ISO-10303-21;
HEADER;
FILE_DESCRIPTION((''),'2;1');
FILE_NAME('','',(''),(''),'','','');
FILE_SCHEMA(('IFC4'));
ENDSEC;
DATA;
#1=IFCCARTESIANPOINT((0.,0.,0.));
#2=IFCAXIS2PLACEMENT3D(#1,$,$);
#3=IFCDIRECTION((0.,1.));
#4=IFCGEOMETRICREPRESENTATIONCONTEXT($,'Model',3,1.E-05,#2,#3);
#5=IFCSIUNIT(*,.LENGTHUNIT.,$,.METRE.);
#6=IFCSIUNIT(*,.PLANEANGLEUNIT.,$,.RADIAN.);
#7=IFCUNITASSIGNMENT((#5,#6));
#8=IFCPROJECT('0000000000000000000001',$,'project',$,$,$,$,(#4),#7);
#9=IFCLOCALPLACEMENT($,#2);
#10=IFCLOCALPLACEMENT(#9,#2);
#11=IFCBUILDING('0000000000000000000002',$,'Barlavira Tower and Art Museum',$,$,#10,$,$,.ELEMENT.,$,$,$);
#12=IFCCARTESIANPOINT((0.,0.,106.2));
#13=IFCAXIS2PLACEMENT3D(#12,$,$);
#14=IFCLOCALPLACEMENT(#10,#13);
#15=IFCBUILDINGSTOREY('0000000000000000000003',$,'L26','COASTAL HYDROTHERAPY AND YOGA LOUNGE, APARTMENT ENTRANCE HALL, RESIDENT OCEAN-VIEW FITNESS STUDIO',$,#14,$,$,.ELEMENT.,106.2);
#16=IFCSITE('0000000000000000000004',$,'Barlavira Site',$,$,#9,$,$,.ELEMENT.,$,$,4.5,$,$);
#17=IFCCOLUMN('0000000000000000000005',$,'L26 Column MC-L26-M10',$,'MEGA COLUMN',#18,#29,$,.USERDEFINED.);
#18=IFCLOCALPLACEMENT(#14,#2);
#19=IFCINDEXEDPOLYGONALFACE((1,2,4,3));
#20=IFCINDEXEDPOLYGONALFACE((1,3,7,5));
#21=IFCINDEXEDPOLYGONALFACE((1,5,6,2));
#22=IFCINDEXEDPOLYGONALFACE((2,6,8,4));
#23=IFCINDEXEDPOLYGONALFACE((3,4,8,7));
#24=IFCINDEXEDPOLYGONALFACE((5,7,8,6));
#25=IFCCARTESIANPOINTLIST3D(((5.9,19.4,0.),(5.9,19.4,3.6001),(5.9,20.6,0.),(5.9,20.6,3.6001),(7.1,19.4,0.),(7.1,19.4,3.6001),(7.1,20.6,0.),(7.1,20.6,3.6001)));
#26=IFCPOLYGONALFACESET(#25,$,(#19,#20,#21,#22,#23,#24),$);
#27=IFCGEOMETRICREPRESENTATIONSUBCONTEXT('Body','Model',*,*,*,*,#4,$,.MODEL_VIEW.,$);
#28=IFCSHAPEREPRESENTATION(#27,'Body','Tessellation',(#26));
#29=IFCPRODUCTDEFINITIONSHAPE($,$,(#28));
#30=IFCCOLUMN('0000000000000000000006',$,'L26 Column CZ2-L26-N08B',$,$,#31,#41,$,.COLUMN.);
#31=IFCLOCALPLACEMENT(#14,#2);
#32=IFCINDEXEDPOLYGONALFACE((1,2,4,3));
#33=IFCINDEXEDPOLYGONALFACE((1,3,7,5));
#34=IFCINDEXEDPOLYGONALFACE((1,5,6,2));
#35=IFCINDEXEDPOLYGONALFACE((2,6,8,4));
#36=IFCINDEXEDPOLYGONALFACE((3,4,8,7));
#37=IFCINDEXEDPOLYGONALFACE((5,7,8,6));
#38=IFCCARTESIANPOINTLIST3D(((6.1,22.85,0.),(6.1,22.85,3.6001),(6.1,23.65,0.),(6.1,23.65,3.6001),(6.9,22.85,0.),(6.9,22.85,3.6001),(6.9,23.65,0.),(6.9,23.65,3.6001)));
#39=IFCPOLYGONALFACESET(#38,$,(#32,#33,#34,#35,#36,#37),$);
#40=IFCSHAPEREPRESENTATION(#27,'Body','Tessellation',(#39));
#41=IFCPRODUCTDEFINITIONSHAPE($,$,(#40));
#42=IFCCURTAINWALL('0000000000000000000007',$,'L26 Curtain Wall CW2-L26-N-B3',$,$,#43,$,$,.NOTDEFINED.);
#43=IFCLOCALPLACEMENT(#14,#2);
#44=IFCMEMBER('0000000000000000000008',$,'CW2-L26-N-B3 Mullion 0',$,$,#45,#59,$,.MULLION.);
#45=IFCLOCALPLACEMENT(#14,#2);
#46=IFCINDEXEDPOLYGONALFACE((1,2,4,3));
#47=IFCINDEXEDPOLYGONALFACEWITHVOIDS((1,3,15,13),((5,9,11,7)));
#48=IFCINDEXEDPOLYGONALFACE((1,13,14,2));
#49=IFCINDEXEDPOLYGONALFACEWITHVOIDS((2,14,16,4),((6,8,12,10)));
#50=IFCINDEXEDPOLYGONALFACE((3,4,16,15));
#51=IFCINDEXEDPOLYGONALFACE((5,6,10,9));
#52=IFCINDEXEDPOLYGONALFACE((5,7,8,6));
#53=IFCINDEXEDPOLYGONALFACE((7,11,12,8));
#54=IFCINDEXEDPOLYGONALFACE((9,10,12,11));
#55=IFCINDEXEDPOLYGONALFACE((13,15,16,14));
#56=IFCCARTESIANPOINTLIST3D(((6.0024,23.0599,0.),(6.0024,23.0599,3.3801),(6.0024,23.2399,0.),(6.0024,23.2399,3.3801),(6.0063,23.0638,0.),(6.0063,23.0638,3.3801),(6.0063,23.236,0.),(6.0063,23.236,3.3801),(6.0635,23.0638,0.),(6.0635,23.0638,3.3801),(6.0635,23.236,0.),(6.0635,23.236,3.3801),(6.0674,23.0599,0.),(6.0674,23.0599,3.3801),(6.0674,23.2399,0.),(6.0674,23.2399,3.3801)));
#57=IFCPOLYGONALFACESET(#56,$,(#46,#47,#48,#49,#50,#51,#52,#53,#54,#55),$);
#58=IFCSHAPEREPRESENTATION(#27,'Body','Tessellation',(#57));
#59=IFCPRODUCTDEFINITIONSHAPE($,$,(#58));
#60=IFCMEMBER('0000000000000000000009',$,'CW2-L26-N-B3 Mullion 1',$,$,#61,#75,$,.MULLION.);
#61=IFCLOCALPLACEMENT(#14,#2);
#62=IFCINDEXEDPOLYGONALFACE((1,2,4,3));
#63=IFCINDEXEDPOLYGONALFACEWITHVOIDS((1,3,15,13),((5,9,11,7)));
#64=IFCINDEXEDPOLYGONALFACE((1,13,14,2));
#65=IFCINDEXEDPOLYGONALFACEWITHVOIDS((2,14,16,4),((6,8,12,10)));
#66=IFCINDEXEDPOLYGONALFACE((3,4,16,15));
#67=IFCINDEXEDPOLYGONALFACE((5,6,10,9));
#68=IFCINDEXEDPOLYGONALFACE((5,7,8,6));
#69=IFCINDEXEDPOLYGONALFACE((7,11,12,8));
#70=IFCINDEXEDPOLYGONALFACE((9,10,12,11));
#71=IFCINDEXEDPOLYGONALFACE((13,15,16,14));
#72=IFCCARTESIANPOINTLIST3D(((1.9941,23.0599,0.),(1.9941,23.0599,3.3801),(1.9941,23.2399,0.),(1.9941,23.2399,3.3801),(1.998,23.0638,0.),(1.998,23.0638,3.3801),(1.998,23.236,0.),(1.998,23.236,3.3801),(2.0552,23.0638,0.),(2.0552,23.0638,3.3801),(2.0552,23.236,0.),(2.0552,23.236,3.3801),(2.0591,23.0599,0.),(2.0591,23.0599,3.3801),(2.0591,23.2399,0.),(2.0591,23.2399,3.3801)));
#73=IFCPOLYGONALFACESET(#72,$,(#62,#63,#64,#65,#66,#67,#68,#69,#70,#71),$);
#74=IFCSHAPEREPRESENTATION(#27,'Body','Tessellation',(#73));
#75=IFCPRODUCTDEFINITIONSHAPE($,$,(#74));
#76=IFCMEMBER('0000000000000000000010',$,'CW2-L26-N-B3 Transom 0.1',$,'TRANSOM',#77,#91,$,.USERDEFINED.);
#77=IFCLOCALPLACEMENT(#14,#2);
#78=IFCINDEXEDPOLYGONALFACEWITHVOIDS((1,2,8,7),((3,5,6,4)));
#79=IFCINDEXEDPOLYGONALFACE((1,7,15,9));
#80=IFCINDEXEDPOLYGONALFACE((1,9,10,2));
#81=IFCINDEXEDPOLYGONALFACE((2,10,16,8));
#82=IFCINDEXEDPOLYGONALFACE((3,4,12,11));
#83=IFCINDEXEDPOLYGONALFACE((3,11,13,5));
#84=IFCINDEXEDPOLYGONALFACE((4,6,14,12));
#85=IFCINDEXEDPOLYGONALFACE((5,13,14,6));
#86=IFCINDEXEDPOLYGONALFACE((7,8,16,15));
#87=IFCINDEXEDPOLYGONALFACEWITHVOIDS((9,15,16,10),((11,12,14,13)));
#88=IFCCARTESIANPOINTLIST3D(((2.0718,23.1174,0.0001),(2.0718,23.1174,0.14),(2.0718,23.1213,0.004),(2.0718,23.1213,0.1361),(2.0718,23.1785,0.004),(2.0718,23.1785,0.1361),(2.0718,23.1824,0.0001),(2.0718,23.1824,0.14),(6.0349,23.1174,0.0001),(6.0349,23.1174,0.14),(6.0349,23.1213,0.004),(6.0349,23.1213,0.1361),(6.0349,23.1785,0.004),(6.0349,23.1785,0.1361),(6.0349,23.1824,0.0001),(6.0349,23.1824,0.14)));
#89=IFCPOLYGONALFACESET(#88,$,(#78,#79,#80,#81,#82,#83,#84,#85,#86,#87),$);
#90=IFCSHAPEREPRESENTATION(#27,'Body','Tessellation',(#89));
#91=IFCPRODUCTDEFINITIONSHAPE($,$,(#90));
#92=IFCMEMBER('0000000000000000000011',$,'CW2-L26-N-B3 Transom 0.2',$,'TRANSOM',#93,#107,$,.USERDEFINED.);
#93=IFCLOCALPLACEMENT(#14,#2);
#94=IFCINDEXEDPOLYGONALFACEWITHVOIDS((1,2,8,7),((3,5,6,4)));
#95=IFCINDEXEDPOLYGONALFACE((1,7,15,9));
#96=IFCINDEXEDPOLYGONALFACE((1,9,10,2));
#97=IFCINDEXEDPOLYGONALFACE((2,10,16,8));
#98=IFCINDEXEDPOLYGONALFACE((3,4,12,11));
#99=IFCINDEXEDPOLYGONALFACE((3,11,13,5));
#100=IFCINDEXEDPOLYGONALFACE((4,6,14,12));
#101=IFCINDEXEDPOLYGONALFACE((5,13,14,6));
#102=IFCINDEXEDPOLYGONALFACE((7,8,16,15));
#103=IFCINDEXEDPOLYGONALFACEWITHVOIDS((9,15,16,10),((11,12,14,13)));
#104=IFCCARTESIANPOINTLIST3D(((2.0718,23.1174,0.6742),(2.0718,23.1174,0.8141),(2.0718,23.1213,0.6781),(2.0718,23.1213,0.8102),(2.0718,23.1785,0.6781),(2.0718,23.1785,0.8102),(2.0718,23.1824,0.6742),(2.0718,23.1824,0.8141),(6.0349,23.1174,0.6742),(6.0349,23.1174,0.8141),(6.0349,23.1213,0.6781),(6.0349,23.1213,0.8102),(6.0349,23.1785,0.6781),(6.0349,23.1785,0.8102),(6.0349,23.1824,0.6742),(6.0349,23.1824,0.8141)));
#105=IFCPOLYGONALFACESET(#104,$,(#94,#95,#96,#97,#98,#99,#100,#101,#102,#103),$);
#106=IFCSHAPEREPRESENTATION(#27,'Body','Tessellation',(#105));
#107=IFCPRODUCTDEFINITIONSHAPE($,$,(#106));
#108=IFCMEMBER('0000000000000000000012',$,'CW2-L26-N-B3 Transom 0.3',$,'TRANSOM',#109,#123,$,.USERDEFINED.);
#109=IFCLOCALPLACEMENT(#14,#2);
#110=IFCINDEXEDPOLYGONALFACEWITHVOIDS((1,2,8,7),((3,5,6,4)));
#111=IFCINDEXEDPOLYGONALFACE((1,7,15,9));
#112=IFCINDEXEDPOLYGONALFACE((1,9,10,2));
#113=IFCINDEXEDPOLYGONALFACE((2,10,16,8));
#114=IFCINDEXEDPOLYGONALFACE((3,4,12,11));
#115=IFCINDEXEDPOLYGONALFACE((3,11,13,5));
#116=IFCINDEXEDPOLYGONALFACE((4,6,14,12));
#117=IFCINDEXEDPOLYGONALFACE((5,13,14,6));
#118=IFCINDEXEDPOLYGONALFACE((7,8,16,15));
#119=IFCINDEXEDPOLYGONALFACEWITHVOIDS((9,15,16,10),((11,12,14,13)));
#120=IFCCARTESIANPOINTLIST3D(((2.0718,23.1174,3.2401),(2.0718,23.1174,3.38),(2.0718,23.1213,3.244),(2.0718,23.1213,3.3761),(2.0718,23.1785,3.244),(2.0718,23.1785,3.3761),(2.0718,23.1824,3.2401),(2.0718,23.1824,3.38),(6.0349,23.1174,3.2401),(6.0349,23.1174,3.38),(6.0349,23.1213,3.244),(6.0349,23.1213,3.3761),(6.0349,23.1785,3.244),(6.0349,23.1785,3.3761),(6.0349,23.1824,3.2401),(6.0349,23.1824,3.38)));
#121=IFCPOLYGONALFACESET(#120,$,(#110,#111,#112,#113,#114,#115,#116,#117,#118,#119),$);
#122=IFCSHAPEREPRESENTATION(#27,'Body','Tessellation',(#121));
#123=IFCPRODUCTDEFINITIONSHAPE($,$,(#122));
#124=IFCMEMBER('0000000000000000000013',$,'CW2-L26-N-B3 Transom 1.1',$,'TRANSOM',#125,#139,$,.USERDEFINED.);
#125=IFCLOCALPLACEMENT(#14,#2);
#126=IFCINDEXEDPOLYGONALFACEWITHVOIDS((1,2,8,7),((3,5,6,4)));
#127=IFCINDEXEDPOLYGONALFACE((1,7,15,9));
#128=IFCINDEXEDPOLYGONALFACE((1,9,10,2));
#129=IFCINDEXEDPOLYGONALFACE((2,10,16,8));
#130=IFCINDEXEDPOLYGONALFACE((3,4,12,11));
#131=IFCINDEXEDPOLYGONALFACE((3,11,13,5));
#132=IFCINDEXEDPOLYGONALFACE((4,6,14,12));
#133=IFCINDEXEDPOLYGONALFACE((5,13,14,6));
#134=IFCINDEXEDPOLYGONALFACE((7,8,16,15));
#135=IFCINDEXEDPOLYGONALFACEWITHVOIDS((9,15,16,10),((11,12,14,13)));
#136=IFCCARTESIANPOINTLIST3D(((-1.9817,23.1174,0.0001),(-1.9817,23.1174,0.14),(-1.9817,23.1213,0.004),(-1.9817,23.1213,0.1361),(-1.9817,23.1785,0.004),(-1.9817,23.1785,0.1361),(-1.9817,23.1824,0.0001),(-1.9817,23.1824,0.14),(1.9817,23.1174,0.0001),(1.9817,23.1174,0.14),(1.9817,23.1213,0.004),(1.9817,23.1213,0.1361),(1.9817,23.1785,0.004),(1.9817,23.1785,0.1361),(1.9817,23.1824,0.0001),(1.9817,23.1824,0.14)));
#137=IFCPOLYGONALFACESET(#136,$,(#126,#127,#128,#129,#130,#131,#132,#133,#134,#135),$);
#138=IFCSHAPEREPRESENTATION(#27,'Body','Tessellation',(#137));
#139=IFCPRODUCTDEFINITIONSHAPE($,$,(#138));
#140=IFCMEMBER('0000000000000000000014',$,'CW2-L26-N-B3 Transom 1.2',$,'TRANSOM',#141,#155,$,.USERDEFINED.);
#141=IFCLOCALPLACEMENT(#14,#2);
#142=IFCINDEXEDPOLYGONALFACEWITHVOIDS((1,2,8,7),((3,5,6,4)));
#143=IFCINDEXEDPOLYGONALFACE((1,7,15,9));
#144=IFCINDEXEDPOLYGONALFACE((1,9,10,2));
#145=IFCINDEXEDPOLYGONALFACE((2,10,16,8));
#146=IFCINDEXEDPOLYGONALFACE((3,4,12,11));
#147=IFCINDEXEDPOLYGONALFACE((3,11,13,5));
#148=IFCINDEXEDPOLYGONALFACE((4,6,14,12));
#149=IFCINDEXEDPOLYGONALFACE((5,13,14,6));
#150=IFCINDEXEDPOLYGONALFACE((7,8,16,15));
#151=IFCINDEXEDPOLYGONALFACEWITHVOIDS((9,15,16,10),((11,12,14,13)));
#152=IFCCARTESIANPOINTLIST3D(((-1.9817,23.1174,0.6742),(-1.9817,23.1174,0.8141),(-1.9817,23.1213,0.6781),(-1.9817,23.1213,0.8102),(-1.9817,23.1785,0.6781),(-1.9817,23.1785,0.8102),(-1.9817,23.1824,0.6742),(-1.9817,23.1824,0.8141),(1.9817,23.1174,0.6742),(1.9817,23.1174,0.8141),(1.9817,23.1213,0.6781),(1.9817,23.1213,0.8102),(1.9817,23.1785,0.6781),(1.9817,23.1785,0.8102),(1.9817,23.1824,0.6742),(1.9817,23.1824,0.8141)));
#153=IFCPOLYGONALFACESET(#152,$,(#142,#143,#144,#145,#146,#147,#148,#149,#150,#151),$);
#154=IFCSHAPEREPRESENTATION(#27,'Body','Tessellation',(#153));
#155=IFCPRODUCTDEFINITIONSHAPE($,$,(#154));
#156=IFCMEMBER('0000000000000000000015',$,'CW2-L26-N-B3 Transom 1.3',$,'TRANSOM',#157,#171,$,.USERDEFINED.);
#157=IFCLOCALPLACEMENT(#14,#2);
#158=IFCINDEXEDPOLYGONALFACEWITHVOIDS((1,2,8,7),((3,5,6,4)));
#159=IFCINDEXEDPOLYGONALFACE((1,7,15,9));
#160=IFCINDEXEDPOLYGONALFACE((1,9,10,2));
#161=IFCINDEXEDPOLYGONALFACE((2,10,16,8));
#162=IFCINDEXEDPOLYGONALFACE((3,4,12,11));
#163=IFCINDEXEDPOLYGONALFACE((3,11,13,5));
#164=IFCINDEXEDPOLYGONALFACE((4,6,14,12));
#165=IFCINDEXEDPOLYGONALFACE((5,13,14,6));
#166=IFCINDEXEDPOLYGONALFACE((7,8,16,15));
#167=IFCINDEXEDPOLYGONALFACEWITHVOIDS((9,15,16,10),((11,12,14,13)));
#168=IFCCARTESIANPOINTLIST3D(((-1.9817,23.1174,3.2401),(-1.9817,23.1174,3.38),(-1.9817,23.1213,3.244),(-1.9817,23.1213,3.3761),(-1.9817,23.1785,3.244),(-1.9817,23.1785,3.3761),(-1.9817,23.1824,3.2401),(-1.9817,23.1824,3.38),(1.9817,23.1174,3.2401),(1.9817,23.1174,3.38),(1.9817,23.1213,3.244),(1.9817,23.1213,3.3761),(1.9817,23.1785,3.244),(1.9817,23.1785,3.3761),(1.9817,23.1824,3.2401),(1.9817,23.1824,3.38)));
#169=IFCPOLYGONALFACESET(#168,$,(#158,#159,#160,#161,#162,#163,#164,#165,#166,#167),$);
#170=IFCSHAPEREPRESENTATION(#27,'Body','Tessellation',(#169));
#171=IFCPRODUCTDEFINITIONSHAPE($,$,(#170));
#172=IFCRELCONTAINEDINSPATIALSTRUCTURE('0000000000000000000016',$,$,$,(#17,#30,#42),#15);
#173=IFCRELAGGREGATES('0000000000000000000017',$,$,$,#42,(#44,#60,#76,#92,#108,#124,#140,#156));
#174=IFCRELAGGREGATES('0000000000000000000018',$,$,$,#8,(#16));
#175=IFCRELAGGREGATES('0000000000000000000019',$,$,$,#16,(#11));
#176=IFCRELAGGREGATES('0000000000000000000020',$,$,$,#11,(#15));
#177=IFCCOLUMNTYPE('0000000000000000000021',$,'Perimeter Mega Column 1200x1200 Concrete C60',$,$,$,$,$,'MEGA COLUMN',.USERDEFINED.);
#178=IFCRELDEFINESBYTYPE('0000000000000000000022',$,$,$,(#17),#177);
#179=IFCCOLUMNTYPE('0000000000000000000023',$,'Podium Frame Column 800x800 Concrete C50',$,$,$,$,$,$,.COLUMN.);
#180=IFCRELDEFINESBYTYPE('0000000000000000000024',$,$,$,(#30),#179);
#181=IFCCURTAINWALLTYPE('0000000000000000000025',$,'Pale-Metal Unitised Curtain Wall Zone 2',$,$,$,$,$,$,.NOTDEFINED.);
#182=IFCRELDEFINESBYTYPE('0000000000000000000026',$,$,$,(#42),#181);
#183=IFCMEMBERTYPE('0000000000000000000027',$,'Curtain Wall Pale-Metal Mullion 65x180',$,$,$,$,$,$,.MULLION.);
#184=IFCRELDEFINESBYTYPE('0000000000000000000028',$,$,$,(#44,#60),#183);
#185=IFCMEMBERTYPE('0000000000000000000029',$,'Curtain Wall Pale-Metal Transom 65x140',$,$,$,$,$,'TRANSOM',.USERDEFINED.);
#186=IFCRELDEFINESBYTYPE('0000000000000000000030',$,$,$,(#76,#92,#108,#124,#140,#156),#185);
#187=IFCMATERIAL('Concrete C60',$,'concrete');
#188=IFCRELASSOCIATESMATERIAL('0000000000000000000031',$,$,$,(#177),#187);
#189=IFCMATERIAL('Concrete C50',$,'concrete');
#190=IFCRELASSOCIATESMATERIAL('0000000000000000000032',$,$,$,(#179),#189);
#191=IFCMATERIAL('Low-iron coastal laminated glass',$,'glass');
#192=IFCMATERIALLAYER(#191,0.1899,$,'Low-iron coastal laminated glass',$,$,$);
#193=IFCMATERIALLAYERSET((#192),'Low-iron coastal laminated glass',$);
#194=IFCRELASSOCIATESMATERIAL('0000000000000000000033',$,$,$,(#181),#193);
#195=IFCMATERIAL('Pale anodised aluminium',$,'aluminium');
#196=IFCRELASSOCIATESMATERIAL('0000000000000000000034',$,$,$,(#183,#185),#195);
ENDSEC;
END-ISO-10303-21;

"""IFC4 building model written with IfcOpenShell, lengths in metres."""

from ifc_helpers import new_model, si_unit, direction, frame, origin, origin_2d, place, context, subcontext, project, spatial, rectangle, hollow_rectangle, extrude, material, layer, layer_set, material_profile, profile_set, type_object, element, aggregate, save


model = new_model("IFC4")

# Units and contexts
model_context = context("Model", 3, precision=1e-05, world=origin(), true_north=direction((0.0, 1.0)))
body_context = subcontext(model_context, "Body", "Model", "MODEL_VIEW")
ifc_project = project(units=[si_unit("LENGTHUNIT", "METRE"), si_unit("PLANEANGLEUNIT", "RADIAN")], contexts=[model_context])

# Site, building, storey
site_placement = place(None, origin())
site = spatial("IfcSite", under=ifc_project, at=site_placement, Name="Barlavira Site", CompositionType="ELEMENT", RefElevation=4.5)
building_placement = place(site_placement, origin())
building = spatial("IfcBuilding", under=site, at=building_placement, Name="Barlavira Tower and Art Museum", CompositionType="ELEMENT")
storey_placement = place(building_placement, frame((0.0, 0.0, 106.2)))
storey = spatial("IfcBuildingStorey", under=building, at=storey_placement, Name="L26", Description="COASTAL HYDROTHERAPY AND YOGA LOUNGE, APARTMENT ENTRANCE HALL, RESIDENT OCEAN-VIEW FITNESS STUDIO", CompositionType="ELEMENT", Elevation=106.2)

# Columns
ifc_material_1 = material(Name="Concrete C60", Category="concrete")
ifc_material_profile_1 = material_profile(ifc_material_1, rectangle(XDim=1.2, YDim=1.2, at=origin_2d()), Name="RC-COL 1200x1200")
ifc_profile_set_1 = profile_set([ifc_material_profile_1], Name="Concrete C60")
column_type_1 = type_object("IfcColumnType", Name="Perimeter Mega Column 1200x1200 Concrete C60", ElementType="MEGA COLUMN", PredefinedType="USERDEFINED", material=ifc_profile_set_1)
column_1_placement = place(storey_placement, frame((6.5, 20.0, 0.0), z_axis=(0.0, 0.0, 1.0), x_axis=(1.0, 0.0, 0.0)))
element("IfcColumn", 1, at=column_1_placement, inside=storey, type_object=column_type_1, Name="L26 Column MC-L26-M10", ObjectType="MEGA COLUMN", PredefinedType="USERDEFINED", context=body_context, shape_type="SweptSolid", body=[
    extrude(rectangle(XDim=1.2, YDim=1.2, at=origin_2d()), origin(), (0.0, 0.0, 1.0), 3.6001),
])
ifc_material_2 = material(Name="Concrete C50", Category="concrete")
ifc_material_profile_2 = material_profile(ifc_material_2, rectangle(XDim=0.8, YDim=0.8, at=origin_2d()), Name="RC-COL 800x800")
ifc_profile_set_2 = profile_set([ifc_material_profile_2], Name="Concrete C50")
column_type_2 = type_object("IfcColumnType", Name="Podium Frame Column 800x800 Concrete C50", PredefinedType="COLUMN", material=ifc_profile_set_2)
column_2_placement = place(storey_placement, frame((6.5, 23.25, 0.0), z_axis=(0.0, 0.0, 1.0), x_axis=(1.0, 0.0, 0.0)))
element("IfcColumn", 2, at=column_2_placement, inside=storey, type_object=column_type_2, Name="L26 Column CZ2-L26-N08B", PredefinedType="COLUMN", context=body_context, shape_type="SweptSolid", body=[
    extrude(rectangle(XDim=0.8, YDim=0.8, at=origin_2d()), origin(), (0.0, 0.0, 1.0), 3.6001),
])

# Curtain wall, members
ifc_material_3 = material(Name="Low-iron coastal laminated glass", Category="glass")
ifc_layer_1 = layer(ifc_material_3, 0.1899, Name="Low-iron coastal laminated glass")
ifc_layer_set_1 = layer_set([ifc_layer_1], Name="Low-iron coastal laminated glass")
curtain_wall_type = type_object("IfcCurtainWallType", Name="Pale-Metal Unitised Curtain Wall Zone 2", PredefinedType="NOTDEFINED", material=ifc_layer_set_1)
curtain_wall_placement = place(storey_placement, origin())
curtain_wall = element("IfcCurtainWall", 3, at=curtain_wall_placement, inside=storey, type_object=curtain_wall_type, Name="L26 Curtain Wall CW2-L26-N-B3", PredefinedType="NOTDEFINED")
ifc_material_4 = material(Name="Pale anodised aluminium", Category="aluminium")
ifc_material_profile_3 = material_profile(ifc_material_4, hollow_rectangle(XDim=0.0649, YDim=0.1799, WallThickness=0.0039, at=origin_2d()), Name="ALU-MULL 65x180x4")
ifc_profile_set_3 = profile_set([ifc_material_profile_3], Name="Pale anodised aluminium")
member_type_1 = type_object("IfcMemberType", Name="Curtain Wall Pale-Metal Mullion 65x180", PredefinedType="MULLION", material=ifc_profile_set_3)
member_1_placement = place(storey_placement, frame((6.0349, 23.1499, 0.0), z_axis=(0.0, 0.0, 1.0), x_axis=(-1.0, 0.0, 0.0)))
member_1 = element("IfcMember", 4, at=member_1_placement, type_object=member_type_1, Name="CW2-L26-N-B3 Mullion 0", PredefinedType="MULLION", context=body_context, shape_type="SweptSolid", body=[
    extrude(hollow_rectangle(XDim=0.0649, YDim=0.1799, WallThickness=0.0039, at=origin_2d()), origin(), (0.0, 0.0, 1.0), 3.3801),
])
member_2_placement = place(storey_placement, frame((2.0266, 23.1499, 0.0), z_axis=(0.0, 0.0, 1.0), x_axis=(-1.0, 0.0, 0.0)))
member_2 = element("IfcMember", 5, at=member_2_placement, type_object=member_type_1, Name="CW2-L26-N-B3 Mullion 1", PredefinedType="MULLION", context=body_context, shape_type="SweptSolid", body=[
    extrude(hollow_rectangle(XDim=0.0649, YDim=0.1799, WallThickness=0.0039, at=origin_2d()), origin(), (0.0, 0.0, 1.0), 3.3801),
])
ifc_material_profile_4 = material_profile(ifc_material_4, hollow_rectangle(XDim=0.0649, YDim=0.1399, WallThickness=0.0039, at=origin_2d()), Name="ALU-TRAN 65x140x4")
ifc_profile_set_4 = profile_set([ifc_material_profile_4], Name="Pale anodised aluminium")
member_type_2 = type_object("IfcMemberType", Name="Curtain Wall Pale-Metal Transom 65x140", ElementType="TRANSOM", PredefinedType="USERDEFINED", material=ifc_profile_set_4)
member_3_placement = place(storey_placement, frame((6.0349, 23.1499, 0.0701), z_axis=(-1.0, 0.0, 0.0), x_axis=(0.0, -1.0, 0.0)))
member_3 = element("IfcMember", 6, at=member_3_placement, type_object=member_type_2, Name="CW2-L26-N-B3 Transom 0.1", ObjectType="TRANSOM", PredefinedType="USERDEFINED", context=body_context, shape_type="SweptSolid", body=[
    extrude(hollow_rectangle(XDim=0.0649, YDim=0.1399, WallThickness=0.0039, at=origin_2d()), origin(), (0.0, 0.0, 1.0), 3.9631),
])
member_4_placement = place(storey_placement, frame((6.0349, 23.1499, 0.7441), z_axis=(-1.0, 0.0, 0.0), x_axis=(0.0, -1.0, 0.0)))
member_4 = element("IfcMember", 7, at=member_4_placement, type_object=member_type_2, Name="CW2-L26-N-B3 Transom 0.2", ObjectType="TRANSOM", PredefinedType="USERDEFINED", context=body_context, shape_type="SweptSolid", body=[
    extrude(hollow_rectangle(XDim=0.0649, YDim=0.1399, WallThickness=0.0039, at=origin_2d()), origin(), (0.0, 0.0, 1.0), 3.9631),
])
member_5_placement = place(storey_placement, frame((6.0349, 23.1499, 3.3101), z_axis=(-1.0, 0.0, 0.0), x_axis=(0.0, -1.0, 0.0)))
member_5 = element("IfcMember", 8, at=member_5_placement, type_object=member_type_2, Name="CW2-L26-N-B3 Transom 0.3", ObjectType="TRANSOM", PredefinedType="USERDEFINED", context=body_context, shape_type="SweptSolid", body=[
    extrude(hollow_rectangle(XDim=0.0649, YDim=0.1399, WallThickness=0.0039, at=origin_2d()), origin(), (0.0, 0.0, 1.0), 3.9631),
])
member_6_placement = place(storey_placement, frame((1.9817, 23.1499, 0.0701), z_axis=(-1.0, 0.0, 0.0), x_axis=(0.0, -1.0, 0.0)))
member_6 = element("IfcMember", 9, at=member_6_placement, type_object=member_type_2, Name="CW2-L26-N-B3 Transom 1.1", ObjectType="TRANSOM", PredefinedType="USERDEFINED", context=body_context, shape_type="SweptSolid", body=[
    extrude(hollow_rectangle(XDim=0.0649, YDim=0.1399, WallThickness=0.0039, at=origin_2d()), origin(), (0.0, 0.0, 1.0), 3.9634),
])
member_7_placement = place(storey_placement, frame((1.9817, 23.1499, 0.7441), z_axis=(-1.0, 0.0, 0.0), x_axis=(0.0, -1.0, 0.0)))
member_7 = element("IfcMember", 10, at=member_7_placement, type_object=member_type_2, Name="CW2-L26-N-B3 Transom 1.2", ObjectType="TRANSOM", PredefinedType="USERDEFINED", context=body_context, shape_type="SweptSolid", body=[
    extrude(hollow_rectangle(XDim=0.0649, YDim=0.1399, WallThickness=0.0039, at=origin_2d()), origin(), (0.0, 0.0, 1.0), 3.9634),
])
member_8_placement = place(storey_placement, frame((1.9817, 23.1499, 3.3101), z_axis=(-1.0, 0.0, 0.0), x_axis=(0.0, -1.0, 0.0)))
member_8 = element("IfcMember", 11, at=member_8_placement, type_object=member_type_2, Name="CW2-L26-N-B3 Transom 1.3", ObjectType="TRANSOM", PredefinedType="USERDEFINED", context=body_context, shape_type="SweptSolid", body=[
    extrude(hollow_rectangle(XDim=0.0649, YDim=0.1399, WallThickness=0.0039, at=origin_2d()), origin(), (0.0, 0.0, 1.0), 3.9634),
])

aggregate(curtain_wall, [member_1, member_2, member_3, member_4, member_5, member_6, member_7, member_8])

save(model, "model.ifc")
